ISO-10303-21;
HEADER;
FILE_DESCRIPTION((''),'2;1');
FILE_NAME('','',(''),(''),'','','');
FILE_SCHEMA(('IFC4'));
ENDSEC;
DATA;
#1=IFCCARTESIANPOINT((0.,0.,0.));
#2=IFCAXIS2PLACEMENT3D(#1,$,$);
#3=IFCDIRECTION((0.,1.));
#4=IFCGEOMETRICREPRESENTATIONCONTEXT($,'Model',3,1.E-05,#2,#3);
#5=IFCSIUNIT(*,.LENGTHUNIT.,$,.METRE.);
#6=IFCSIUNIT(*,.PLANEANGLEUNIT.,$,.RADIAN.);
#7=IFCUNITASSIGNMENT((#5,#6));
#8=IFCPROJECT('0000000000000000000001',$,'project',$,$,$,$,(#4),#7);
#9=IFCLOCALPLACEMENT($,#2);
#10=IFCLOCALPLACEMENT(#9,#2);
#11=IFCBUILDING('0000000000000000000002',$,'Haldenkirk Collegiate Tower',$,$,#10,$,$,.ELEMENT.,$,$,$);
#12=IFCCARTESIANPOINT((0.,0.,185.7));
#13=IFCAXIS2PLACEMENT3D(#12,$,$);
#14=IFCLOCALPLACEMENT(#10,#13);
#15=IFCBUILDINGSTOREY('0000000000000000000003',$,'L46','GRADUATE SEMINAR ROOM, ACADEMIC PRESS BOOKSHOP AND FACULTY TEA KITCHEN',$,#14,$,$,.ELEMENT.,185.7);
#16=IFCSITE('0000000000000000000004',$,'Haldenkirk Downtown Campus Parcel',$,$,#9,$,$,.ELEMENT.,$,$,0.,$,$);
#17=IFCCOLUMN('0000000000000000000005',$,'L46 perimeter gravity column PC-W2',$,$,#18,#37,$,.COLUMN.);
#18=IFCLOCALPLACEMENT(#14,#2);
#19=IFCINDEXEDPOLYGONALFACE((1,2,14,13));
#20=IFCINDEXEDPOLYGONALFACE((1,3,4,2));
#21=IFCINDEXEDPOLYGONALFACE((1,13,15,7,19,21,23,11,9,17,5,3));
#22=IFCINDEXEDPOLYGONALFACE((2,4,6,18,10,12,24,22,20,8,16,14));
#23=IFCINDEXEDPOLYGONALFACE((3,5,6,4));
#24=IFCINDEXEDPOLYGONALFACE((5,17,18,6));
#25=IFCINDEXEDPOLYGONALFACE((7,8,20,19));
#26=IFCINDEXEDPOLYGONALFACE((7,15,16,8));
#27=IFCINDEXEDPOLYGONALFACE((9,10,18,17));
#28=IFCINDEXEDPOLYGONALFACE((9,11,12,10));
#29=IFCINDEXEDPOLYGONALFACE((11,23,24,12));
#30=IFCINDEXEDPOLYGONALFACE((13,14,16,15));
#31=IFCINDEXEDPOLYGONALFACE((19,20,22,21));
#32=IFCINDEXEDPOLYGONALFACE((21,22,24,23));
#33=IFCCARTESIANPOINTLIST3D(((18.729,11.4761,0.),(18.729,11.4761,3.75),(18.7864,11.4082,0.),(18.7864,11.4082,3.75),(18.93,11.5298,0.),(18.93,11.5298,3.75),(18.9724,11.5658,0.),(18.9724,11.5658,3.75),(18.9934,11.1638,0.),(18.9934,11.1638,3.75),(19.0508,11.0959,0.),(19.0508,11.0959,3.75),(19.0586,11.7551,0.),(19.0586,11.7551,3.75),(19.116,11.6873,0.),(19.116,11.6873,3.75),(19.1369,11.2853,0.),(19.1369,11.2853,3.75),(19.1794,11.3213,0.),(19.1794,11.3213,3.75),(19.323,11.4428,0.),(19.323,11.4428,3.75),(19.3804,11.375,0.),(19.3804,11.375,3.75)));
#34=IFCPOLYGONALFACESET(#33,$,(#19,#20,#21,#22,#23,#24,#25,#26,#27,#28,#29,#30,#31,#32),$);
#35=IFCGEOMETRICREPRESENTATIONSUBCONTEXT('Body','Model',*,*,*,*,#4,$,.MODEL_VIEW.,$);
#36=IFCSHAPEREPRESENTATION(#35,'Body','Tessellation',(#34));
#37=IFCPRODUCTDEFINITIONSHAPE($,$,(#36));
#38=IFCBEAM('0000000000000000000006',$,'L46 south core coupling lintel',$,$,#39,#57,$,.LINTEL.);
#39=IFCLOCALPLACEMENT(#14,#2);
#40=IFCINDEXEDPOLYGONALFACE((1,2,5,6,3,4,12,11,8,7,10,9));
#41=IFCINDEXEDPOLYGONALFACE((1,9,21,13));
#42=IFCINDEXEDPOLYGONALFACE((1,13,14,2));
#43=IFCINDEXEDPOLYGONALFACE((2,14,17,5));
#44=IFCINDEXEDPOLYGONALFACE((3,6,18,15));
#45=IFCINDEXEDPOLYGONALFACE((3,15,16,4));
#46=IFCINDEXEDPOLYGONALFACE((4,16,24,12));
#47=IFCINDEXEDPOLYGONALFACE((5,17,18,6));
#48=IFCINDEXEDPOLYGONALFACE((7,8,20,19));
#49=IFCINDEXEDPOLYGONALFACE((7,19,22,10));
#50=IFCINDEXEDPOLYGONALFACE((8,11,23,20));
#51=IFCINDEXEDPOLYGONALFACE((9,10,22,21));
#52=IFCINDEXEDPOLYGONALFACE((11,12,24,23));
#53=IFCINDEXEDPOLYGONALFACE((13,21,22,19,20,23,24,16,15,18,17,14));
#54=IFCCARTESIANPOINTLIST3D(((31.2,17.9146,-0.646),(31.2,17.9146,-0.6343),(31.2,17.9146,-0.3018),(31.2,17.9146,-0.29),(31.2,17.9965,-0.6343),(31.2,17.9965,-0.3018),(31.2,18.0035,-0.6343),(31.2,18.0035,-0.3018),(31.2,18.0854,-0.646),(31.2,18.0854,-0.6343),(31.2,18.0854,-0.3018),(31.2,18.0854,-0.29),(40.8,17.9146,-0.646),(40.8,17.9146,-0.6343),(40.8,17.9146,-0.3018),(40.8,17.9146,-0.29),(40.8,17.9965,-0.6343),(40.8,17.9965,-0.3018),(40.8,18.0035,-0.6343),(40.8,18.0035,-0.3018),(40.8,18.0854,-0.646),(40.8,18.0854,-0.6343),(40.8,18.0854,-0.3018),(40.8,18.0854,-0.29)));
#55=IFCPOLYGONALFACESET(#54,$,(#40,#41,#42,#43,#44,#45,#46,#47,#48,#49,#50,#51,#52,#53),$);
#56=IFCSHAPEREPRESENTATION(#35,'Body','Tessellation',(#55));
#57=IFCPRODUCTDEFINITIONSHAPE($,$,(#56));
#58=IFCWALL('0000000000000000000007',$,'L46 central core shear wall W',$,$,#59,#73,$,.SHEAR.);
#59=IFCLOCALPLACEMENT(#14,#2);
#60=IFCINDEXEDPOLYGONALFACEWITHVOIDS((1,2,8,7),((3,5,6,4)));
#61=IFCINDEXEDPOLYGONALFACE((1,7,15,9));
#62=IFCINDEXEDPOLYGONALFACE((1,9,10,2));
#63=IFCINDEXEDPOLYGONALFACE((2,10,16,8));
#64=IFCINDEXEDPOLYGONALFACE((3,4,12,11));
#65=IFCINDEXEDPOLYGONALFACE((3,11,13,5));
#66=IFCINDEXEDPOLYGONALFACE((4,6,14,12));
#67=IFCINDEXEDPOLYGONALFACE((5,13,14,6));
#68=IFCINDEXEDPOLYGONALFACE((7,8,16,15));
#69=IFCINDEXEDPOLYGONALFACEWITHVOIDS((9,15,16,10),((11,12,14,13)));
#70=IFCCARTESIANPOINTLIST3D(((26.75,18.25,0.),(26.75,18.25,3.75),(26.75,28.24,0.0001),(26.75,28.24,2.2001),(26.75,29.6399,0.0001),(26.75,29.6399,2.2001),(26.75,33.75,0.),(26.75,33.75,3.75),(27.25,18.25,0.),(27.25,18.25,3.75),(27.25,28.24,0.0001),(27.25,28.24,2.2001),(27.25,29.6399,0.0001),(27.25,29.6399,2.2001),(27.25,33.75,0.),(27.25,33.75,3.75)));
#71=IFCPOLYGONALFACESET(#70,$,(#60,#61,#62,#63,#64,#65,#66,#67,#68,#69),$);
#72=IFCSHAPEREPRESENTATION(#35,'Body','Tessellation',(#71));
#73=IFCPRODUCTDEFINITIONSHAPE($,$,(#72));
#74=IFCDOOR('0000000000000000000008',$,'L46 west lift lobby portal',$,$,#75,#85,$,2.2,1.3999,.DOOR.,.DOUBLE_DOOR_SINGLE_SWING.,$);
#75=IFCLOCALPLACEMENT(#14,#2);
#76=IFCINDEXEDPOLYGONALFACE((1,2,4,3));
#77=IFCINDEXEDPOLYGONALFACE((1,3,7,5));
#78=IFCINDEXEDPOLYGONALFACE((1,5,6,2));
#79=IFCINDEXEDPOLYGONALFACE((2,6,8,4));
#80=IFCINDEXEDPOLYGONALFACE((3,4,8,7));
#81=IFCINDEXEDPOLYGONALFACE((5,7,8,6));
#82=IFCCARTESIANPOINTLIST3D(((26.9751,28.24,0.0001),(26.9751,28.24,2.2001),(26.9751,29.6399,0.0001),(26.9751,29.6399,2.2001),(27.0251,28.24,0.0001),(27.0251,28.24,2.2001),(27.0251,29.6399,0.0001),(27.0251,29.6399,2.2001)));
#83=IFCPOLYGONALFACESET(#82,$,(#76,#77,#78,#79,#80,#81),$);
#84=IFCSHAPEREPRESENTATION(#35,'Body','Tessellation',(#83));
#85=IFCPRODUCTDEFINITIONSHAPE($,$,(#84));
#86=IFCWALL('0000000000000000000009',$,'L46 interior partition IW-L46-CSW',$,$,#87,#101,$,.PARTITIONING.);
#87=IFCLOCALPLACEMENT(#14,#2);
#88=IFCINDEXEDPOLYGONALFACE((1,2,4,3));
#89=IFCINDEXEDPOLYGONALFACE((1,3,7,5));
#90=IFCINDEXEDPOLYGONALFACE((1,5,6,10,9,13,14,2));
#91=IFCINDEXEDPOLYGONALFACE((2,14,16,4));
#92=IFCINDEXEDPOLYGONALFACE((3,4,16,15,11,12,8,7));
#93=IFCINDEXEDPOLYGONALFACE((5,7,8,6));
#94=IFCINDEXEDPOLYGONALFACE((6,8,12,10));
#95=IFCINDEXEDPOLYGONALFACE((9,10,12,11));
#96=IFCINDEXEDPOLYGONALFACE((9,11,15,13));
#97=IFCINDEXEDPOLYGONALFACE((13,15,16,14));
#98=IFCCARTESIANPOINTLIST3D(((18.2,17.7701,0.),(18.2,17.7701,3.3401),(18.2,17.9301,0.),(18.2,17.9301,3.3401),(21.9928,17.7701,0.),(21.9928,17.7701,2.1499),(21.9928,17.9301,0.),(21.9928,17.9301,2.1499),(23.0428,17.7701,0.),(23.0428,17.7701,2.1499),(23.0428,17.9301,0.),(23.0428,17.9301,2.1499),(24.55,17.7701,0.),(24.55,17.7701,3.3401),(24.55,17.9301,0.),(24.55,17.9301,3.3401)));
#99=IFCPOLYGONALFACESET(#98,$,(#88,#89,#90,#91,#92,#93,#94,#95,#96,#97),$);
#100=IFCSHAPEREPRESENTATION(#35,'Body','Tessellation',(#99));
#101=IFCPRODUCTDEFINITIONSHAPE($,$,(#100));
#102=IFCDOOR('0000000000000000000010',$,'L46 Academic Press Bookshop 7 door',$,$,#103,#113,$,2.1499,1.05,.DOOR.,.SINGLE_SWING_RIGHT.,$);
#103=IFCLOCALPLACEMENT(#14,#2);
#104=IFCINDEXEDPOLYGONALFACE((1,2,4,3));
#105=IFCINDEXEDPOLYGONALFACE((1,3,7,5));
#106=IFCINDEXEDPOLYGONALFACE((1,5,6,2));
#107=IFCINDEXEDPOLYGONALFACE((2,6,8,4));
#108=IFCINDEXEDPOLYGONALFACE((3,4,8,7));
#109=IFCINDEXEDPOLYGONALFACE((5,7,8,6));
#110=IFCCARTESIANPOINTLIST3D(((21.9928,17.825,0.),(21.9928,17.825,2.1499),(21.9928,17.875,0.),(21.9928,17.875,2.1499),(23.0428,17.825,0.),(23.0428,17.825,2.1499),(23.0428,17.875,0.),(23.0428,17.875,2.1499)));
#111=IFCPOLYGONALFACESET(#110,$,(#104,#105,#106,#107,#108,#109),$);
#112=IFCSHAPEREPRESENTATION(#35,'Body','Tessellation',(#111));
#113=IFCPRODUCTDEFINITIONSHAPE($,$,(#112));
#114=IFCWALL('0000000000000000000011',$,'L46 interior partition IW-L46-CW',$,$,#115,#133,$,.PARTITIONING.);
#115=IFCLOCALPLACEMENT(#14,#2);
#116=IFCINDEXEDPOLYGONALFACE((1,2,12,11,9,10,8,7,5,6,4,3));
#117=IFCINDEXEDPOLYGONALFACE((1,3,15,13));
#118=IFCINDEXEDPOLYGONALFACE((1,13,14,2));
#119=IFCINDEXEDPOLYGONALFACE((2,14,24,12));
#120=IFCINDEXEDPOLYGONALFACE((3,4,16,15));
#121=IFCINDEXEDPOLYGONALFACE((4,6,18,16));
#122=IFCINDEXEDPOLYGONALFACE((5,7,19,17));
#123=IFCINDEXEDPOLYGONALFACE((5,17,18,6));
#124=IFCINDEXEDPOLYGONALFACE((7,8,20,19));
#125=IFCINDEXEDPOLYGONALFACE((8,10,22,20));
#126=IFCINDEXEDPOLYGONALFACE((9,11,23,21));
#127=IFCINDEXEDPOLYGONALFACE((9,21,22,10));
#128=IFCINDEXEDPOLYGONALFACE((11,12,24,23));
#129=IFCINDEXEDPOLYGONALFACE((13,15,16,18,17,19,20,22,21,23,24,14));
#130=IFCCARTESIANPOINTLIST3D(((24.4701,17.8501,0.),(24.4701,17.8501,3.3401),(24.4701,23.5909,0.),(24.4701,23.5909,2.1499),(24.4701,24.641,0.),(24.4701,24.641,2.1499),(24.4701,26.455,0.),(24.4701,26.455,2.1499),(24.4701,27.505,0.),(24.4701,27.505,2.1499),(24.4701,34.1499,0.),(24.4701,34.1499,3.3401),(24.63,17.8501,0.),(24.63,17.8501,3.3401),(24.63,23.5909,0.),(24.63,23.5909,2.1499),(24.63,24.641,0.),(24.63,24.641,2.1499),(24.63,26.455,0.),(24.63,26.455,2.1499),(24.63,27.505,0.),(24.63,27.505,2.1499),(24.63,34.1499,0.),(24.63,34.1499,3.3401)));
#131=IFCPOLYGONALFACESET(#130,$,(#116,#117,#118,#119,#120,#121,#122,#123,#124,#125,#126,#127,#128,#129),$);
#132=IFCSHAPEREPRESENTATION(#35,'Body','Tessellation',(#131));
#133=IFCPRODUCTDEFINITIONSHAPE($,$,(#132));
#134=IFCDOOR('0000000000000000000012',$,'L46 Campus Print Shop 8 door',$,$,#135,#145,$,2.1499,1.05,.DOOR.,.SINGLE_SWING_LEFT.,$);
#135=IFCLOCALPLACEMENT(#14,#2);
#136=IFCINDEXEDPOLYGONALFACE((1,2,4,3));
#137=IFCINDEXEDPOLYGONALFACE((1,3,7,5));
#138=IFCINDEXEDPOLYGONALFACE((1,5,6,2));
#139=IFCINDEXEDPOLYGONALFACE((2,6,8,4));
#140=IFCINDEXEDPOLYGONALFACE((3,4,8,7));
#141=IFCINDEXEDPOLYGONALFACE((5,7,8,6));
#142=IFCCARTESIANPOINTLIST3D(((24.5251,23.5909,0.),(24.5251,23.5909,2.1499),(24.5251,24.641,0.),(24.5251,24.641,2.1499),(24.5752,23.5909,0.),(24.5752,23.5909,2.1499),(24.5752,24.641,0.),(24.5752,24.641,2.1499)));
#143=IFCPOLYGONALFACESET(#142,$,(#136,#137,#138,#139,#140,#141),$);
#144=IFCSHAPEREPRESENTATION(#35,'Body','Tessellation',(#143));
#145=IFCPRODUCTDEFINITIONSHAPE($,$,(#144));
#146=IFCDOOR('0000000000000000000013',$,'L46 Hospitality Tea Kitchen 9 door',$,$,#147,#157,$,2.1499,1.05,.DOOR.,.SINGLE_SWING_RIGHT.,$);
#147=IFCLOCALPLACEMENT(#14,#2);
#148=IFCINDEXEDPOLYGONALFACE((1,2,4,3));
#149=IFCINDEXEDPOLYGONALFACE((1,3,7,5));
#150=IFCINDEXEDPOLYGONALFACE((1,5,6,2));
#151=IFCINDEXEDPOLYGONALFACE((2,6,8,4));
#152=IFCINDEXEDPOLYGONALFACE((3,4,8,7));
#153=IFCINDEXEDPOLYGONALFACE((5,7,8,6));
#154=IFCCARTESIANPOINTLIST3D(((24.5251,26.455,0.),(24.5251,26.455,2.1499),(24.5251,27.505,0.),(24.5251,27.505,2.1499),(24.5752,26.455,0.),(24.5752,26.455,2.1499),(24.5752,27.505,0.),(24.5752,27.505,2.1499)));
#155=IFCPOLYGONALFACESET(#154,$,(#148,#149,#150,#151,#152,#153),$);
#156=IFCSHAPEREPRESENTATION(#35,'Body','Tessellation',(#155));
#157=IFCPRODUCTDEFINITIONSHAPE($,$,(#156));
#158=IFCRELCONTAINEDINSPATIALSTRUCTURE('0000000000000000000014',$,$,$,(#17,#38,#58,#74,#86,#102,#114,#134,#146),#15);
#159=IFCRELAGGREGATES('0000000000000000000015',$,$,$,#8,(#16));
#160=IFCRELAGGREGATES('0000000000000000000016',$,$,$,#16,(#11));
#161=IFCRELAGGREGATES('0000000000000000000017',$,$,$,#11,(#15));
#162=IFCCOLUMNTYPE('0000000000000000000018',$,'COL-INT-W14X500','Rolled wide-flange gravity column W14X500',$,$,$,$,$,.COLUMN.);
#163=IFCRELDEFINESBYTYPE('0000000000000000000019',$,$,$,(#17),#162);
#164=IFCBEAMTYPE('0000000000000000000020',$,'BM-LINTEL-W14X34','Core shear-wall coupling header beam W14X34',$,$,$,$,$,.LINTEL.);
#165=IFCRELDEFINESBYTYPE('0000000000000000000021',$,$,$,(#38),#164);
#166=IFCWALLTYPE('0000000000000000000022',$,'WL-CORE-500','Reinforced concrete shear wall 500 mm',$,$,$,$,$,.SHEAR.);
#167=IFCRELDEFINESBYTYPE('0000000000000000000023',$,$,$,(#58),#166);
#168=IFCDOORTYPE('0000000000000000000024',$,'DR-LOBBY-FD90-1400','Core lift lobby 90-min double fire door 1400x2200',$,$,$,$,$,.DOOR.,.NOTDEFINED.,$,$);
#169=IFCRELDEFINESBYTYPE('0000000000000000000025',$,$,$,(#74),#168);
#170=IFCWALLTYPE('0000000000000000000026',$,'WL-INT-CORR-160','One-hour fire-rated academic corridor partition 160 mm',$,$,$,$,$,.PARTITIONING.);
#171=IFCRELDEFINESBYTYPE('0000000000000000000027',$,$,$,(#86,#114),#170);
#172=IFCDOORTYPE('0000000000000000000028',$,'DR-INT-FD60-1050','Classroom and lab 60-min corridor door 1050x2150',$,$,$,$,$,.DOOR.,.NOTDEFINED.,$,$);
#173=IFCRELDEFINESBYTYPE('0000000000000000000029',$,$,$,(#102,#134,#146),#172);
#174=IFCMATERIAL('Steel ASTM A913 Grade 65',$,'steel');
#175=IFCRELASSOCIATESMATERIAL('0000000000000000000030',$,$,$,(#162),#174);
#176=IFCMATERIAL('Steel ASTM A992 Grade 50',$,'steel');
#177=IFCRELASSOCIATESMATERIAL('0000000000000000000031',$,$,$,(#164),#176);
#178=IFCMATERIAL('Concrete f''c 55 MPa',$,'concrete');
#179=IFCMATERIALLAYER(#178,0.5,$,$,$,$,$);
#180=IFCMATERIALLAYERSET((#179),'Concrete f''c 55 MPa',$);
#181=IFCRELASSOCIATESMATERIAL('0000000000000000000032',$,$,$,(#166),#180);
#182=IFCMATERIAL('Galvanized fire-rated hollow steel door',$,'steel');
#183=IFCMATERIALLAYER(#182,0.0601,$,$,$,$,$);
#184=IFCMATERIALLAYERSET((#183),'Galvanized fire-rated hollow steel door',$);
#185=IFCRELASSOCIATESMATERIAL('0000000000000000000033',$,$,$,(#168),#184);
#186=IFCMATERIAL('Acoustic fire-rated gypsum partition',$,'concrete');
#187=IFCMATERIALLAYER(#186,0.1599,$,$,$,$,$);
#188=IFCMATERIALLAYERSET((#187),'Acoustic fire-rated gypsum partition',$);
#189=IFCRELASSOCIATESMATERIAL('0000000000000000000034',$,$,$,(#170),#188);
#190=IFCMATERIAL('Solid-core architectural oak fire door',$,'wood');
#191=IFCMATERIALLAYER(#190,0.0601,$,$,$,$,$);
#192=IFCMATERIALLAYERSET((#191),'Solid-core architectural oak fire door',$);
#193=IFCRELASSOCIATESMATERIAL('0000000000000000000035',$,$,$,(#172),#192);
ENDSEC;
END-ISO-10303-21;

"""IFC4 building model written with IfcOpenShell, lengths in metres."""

from ifc_helpers import new_model, si_unit, direction, frame, frame_2d, origin, origin_2d, place, context, subcontext, project, spatial, rectangle, i_section, extrude, material, layer, layer_set, material_profile, profile_set, type_object, element, fill, save


model = new_model("IFC4")

# Units and contexts
model_context = context("Model", 3, precision=1e-05, world=origin(), true_north=direction((0.0, 1.0)))
body_context = subcontext(model_context, "Body", "Model", "MODEL_VIEW")
ifc_project = project(units=[si_unit("LENGTHUNIT", "METRE"), si_unit("PLANEANGLEUNIT", "RADIAN")], contexts=[model_context])

# Site, building, storey
site_placement = place(None, origin())
site = spatial("IfcSite", under=ifc_project, at=site_placement, Name="Haldenkirk Downtown Campus Parcel", CompositionType="ELEMENT", RefElevation=0.0)
building_placement = place(site_placement, origin())
building = spatial("IfcBuilding", under=site, at=building_placement, Name="Haldenkirk Collegiate Tower", CompositionType="ELEMENT")
storey_placement = place(building_placement, frame((0.0, 0.0, 185.7)))
storey = spatial("IfcBuildingStorey", under=building, at=storey_placement, Name="L46", Description="GRADUATE SEMINAR ROOM, ACADEMIC PRESS BOOKSHOP AND FACULTY TEA KITCHEN", CompositionType="ELEMENT", Elevation=185.7)

# Column
ifc_material_1 = material(Name="Steel ASTM A913 Grade 65", Category="steel")
ifc_material_profile_1 = material_profile(ifc_material_1, i_section(OverallWidth=0.4319, OverallDepth=0.498, WebThickness=0.0557, FlangeThickness=0.0889, at=origin_2d()), Name="W14X500")
ifc_profile_set_1 = profile_set([ifc_material_profile_1], Name="Steel ASTM A913 Grade 65")
column_type = type_object("IfcColumnType", Name="COL-INT-W14X500", Description="Rolled wide-flange gravity column W14X500", PredefinedType="COLUMN", material=ifc_profile_set_1)
column_placement = place(storey_placement, frame((19.0547, 11.4255, 0.0), z_axis=(0.0, 0.0, 1.0), x_axis=(0.763232, 0.646124, 0.0)))
element("IfcColumn", 1, at=column_placement, inside=storey, type_object=column_type, Name="L46 perimeter gravity column PC-W2", PredefinedType="COLUMN", context=body_context, shape_type="SweptSolid", body=[
    extrude(i_section(OverallWidth=0.4319, OverallDepth=0.498, WebThickness=0.0557, FlangeThickness=0.0889, at=origin_2d()), origin(), (0.0, 0.0, 1.0), 3.75),
])

# Beam
ifc_material_2 = material(Name="Steel ASTM A992 Grade 50", Category="steel")
ifc_material_profile_2 = material_profile(ifc_material_2, i_section(OverallWidth=0.1709, OverallDepth=0.356, WebThickness=0.0071, FlangeThickness=0.0117, at=origin_2d()), Name="W14X34")
ifc_profile_set_2 = profile_set([ifc_material_profile_2], Name="Steel ASTM A992 Grade 50")
beam_type = type_object("IfcBeamType", Name="BM-LINTEL-W14X34", Description="Core shear-wall coupling header beam W14X34", PredefinedType="LINTEL", material=ifc_profile_set_2)
beam_placement = place(storey_placement, frame((31.2, 18.0, -0.468), z_axis=(1.0, 0.0, 0.0), x_axis=(0.0, 1.0, 0.0)))
element("IfcBeam", 2, at=beam_placement, inside=storey, type_object=beam_type, Name="L46 south core coupling lintel", PredefinedType="LINTEL", context=body_context, shape_type="SweptSolid", body=[
    extrude(i_section(OverallWidth=0.1709, OverallDepth=0.356, WebThickness=0.0071, FlangeThickness=0.0117, at=origin_2d()), origin(), (0.0, 0.0, 1.0), 9.6001),
])

# Shared definitions
ifc_material_3 = material(Name="Concrete f'c 55 MPa", Category="concrete")
ifc_layer_1 = layer(ifc_material_3, 0.5)
ifc_layer_set_1 = layer_set([ifc_layer_1], Name="Concrete f'c 55 MPa")
wall_type_1 = type_object("IfcWallType", Name="WL-CORE-500", Description="Reinforced concrete shear wall 500 mm", PredefinedType="SHEAR", material=ifc_layer_set_1)
ifc_material_4 = material(Name="Galvanized fire-rated hollow steel door", Category="steel")

# Walls, openings, doors
wall_1_placement = place(storey_placement, frame((27.0, 18.25, 0.0), z_axis=(0.0, 0.0, 1.0), x_axis=(0.0, 1.0, 0.0)))
wall_1 = element("IfcWall", 3, at=wall_1_placement, inside=storey, type_object=wall_type_1, Name="L46 central core shear wall W", PredefinedType="SHEAR", context=body_context, shape_type="SweptSolid", body=[
    extrude(rectangle(XDim=15.5, YDim=0.5, at=frame_2d((7.75, 0.0))), origin(), (0.0, 0.0, 1.0), 3.75),
])
opening_1_placement = place(wall_1_placement, frame((9.99, 0.0, 0.0)))
opening_1 = element("IfcOpeningElement", 4, at=opening_1_placement, cuts=wall_1, PredefinedType="OPENING", context=body_context, shape_type="SweptSolid", body=[
    extrude(rectangle(XDim=1.3999, YDim=2.2, at=frame_2d((0.7, 1.1001))), frame((0.0, 0.26, 0.0), z_axis=(0.0, -1.0, 0.0), x_axis=(1.0, 0.0, 0.0)), (0.0, 0.0, 1.0), 0.52),
])
ifc_layer_2 = layer(ifc_material_4, 0.0601)
ifc_layer_set_2 = layer_set([ifc_layer_2], Name="Galvanized fire-rated hollow steel door")
door_type_1 = type_object("IfcDoorType", Name="DR-LOBBY-FD90-1400", Description="Core lift lobby 90-min double fire door 1400x2200", OperationType="NOTDEFINED", PredefinedType="DOOR", material=ifc_layer_set_2)
door_1_placement = place(opening_1_placement, origin())
door_1 = element("IfcDoor", 5, at=door_1_placement, inside=storey, type_object=door_type_1, Name="L46 west lift lobby portal", OperationType="DOUBLE_DOOR_SINGLE_SWING", OverallHeight=2.2, OverallWidth=1.3999, PredefinedType="DOOR", context=body_context, shape_type="SweptSolid", body=[
    extrude(rectangle(XDim=1.3999, YDim=2.2, at=frame_2d((0.7, 1.1001))), frame((0.0, 0.0249, 0.0), z_axis=(0.0, -1.0, 0.0), x_axis=(1.0, 0.0, 0.0)), (0.0, 0.0, 1.0), 0.05),
])
fill(opening_1, door_1)
ifc_material_5 = material(Name="Acoustic fire-rated gypsum partition", Category="concrete")
ifc_layer_3 = layer(ifc_material_5, 0.1599)
ifc_layer_set_3 = layer_set([ifc_layer_3], Name="Acoustic fire-rated gypsum partition")
wall_type_2 = type_object("IfcWallType", Name="WL-INT-CORR-160", Description="One-hour fire-rated academic corridor partition 160 mm", PredefinedType="PARTITIONING", material=ifc_layer_set_3)
wall_2_placement = place(storey_placement, frame((18.2, 17.8501, 0.0), z_axis=(0.0, 0.0, 1.0), x_axis=(1.0, 0.0, 0.0)))
wall_2 = element("IfcWall", 6, at=wall_2_placement, inside=storey, type_object=wall_type_2, Name="L46 interior partition IW-L46-CSW", PredefinedType="PARTITIONING", context=body_context, shape_type="SweptSolid", body=[
    extrude(rectangle(XDim=6.3501, YDim=0.1599, at=frame_2d((3.175, 0.0))), origin(), (0.0, 0.0, 1.0), 3.3401),
])
opening_2_placement = place(wall_2_placement, frame((3.793, 0.0, 0.0)))
opening_2 = element("IfcOpeningElement", 7, at=opening_2_placement, cuts=wall_2, PredefinedType="OPENING", context=body_context, shape_type="SweptSolid", body=[
    extrude(rectangle(XDim=1.05, YDim=2.1499, at=frame_2d((0.5249, 1.075))), frame((0.0, 0.0898, 0.0), z_axis=(0.0, -1.0, 0.0), x_axis=(1.0, 0.0, 0.0)), (0.0, 0.0, 1.0), 0.1799),
])
ifc_material_6 = material(Name="Solid-core architectural oak fire door", Category="wood")
ifc_layer_4 = layer(ifc_material_6, 0.0601)
ifc_layer_set_4 = layer_set([ifc_layer_4], Name="Solid-core architectural oak fire door")
door_type_2 = type_object("IfcDoorType", Name="DR-INT-FD60-1050", Description="Classroom and lab 60-min corridor door 1050x2150", OperationType="NOTDEFINED", PredefinedType="DOOR", material=ifc_layer_set_4)
door_2_placement = place(opening_2_placement, origin())
door_2 = element("IfcDoor", 8, at=door_2_placement, inside=storey, type_object=door_type_2, Name="L46 Academic Press Bookshop 7 door", OperationType="SINGLE_SWING_RIGHT", OverallHeight=2.1499, OverallWidth=1.05, PredefinedType="DOOR", context=body_context, shape_type="SweptSolid", body=[
    extrude(rectangle(XDim=1.05, YDim=2.1499, at=frame_2d((0.5249, 1.075))), frame((0.0, 0.0249, 0.0), z_axis=(0.0, -1.0, 0.0), x_axis=(1.0, 0.0, 0.0)), (0.0, 0.0, 1.0), 0.05),
])
fill(opening_2, door_2)

# Wall, openings, doors
wall_3_placement = place(storey_placement, frame((24.55, 17.8501, 0.0), z_axis=(0.0, 0.0, 1.0), x_axis=(0.0, 1.0, 0.0)))
wall_3 = element("IfcWall", 9, at=wall_3_placement, inside=storey, type_object=wall_type_2, Name="L46 interior partition IW-L46-CW", PredefinedType="PARTITIONING", context=body_context, shape_type="SweptSolid", body=[
    extrude(rectangle(XDim=16.2998, YDim=0.1599, at=frame_2d((8.1499, 0.0))), origin(), (0.0, 0.0, 1.0), 3.3401),
])
opening_3_placement = place(wall_3_placement, frame((5.741, 0.0, 0.0)))
opening_3 = element("IfcOpeningElement", 10, at=opening_3_placement, cuts=wall_3, PredefinedType="OPENING", context=body_context, shape_type="SweptSolid", body=[
    extrude(rectangle(XDim=1.05, YDim=2.1499, at=frame_2d((0.5249, 1.075))), frame((0.0, 0.0898, 0.0), z_axis=(0.0, -1.0, 0.0), x_axis=(1.0, 0.0, 0.0)), (0.0, 0.0, 1.0), 0.1799),
])
opening_4_placement = place(wall_3_placement, frame((8.605, 0.0, 0.0)))
opening_4 = element("IfcOpeningElement", 11, at=opening_4_placement, cuts=wall_3, PredefinedType="OPENING", context=body_context, shape_type="SweptSolid", body=[
    extrude(rectangle(XDim=1.05, YDim=2.1499, at=frame_2d((0.5249, 1.075))), frame((0.0, 0.0898, 0.0), z_axis=(0.0, -1.0, 0.0), x_axis=(1.0, 0.0, 0.0)), (0.0, 0.0, 1.0), 0.1799),
])
door_3_placement = place(opening_3_placement, origin())
door_3 = element("IfcDoor", 12, at=door_3_placement, inside=storey, type_object=door_type_2, Name="L46 Campus Print Shop 8 door", OperationType="SINGLE_SWING_LEFT", OverallHeight=2.1499, OverallWidth=1.05, PredefinedType="DOOR", context=body_context, shape_type="SweptSolid", body=[
    extrude(rectangle(XDim=1.05, YDim=2.1499, at=frame_2d((0.5249, 1.075))), frame((0.0, 0.0249, 0.0), z_axis=(0.0, -1.0, 0.0), x_axis=(1.0, 0.0, 0.0)), (0.0, 0.0, 1.0), 0.05),
])
fill(opening_3, door_3)
door_4_placement = place(opening_4_placement, origin())
door_4 = element("IfcDoor", 13, at=door_4_placement, inside=storey, type_object=door_type_2, Name="L46 Hospitality Tea Kitchen 9 door", OperationType="SINGLE_SWING_RIGHT", OverallHeight=2.1499, OverallWidth=1.05, PredefinedType="DOOR", context=body_context, shape_type="SweptSolid", body=[
    extrude(rectangle(XDim=1.05, YDim=2.1499, at=frame_2d((0.5249, 1.075))), frame((0.0, 0.0249, 0.0), z_axis=(0.0, -1.0, 0.0), x_axis=(1.0, 0.0, 0.0)), (0.0, 0.0, 1.0), 0.05),
])
fill(opening_4, door_4)

save(model, "model.ifc")
